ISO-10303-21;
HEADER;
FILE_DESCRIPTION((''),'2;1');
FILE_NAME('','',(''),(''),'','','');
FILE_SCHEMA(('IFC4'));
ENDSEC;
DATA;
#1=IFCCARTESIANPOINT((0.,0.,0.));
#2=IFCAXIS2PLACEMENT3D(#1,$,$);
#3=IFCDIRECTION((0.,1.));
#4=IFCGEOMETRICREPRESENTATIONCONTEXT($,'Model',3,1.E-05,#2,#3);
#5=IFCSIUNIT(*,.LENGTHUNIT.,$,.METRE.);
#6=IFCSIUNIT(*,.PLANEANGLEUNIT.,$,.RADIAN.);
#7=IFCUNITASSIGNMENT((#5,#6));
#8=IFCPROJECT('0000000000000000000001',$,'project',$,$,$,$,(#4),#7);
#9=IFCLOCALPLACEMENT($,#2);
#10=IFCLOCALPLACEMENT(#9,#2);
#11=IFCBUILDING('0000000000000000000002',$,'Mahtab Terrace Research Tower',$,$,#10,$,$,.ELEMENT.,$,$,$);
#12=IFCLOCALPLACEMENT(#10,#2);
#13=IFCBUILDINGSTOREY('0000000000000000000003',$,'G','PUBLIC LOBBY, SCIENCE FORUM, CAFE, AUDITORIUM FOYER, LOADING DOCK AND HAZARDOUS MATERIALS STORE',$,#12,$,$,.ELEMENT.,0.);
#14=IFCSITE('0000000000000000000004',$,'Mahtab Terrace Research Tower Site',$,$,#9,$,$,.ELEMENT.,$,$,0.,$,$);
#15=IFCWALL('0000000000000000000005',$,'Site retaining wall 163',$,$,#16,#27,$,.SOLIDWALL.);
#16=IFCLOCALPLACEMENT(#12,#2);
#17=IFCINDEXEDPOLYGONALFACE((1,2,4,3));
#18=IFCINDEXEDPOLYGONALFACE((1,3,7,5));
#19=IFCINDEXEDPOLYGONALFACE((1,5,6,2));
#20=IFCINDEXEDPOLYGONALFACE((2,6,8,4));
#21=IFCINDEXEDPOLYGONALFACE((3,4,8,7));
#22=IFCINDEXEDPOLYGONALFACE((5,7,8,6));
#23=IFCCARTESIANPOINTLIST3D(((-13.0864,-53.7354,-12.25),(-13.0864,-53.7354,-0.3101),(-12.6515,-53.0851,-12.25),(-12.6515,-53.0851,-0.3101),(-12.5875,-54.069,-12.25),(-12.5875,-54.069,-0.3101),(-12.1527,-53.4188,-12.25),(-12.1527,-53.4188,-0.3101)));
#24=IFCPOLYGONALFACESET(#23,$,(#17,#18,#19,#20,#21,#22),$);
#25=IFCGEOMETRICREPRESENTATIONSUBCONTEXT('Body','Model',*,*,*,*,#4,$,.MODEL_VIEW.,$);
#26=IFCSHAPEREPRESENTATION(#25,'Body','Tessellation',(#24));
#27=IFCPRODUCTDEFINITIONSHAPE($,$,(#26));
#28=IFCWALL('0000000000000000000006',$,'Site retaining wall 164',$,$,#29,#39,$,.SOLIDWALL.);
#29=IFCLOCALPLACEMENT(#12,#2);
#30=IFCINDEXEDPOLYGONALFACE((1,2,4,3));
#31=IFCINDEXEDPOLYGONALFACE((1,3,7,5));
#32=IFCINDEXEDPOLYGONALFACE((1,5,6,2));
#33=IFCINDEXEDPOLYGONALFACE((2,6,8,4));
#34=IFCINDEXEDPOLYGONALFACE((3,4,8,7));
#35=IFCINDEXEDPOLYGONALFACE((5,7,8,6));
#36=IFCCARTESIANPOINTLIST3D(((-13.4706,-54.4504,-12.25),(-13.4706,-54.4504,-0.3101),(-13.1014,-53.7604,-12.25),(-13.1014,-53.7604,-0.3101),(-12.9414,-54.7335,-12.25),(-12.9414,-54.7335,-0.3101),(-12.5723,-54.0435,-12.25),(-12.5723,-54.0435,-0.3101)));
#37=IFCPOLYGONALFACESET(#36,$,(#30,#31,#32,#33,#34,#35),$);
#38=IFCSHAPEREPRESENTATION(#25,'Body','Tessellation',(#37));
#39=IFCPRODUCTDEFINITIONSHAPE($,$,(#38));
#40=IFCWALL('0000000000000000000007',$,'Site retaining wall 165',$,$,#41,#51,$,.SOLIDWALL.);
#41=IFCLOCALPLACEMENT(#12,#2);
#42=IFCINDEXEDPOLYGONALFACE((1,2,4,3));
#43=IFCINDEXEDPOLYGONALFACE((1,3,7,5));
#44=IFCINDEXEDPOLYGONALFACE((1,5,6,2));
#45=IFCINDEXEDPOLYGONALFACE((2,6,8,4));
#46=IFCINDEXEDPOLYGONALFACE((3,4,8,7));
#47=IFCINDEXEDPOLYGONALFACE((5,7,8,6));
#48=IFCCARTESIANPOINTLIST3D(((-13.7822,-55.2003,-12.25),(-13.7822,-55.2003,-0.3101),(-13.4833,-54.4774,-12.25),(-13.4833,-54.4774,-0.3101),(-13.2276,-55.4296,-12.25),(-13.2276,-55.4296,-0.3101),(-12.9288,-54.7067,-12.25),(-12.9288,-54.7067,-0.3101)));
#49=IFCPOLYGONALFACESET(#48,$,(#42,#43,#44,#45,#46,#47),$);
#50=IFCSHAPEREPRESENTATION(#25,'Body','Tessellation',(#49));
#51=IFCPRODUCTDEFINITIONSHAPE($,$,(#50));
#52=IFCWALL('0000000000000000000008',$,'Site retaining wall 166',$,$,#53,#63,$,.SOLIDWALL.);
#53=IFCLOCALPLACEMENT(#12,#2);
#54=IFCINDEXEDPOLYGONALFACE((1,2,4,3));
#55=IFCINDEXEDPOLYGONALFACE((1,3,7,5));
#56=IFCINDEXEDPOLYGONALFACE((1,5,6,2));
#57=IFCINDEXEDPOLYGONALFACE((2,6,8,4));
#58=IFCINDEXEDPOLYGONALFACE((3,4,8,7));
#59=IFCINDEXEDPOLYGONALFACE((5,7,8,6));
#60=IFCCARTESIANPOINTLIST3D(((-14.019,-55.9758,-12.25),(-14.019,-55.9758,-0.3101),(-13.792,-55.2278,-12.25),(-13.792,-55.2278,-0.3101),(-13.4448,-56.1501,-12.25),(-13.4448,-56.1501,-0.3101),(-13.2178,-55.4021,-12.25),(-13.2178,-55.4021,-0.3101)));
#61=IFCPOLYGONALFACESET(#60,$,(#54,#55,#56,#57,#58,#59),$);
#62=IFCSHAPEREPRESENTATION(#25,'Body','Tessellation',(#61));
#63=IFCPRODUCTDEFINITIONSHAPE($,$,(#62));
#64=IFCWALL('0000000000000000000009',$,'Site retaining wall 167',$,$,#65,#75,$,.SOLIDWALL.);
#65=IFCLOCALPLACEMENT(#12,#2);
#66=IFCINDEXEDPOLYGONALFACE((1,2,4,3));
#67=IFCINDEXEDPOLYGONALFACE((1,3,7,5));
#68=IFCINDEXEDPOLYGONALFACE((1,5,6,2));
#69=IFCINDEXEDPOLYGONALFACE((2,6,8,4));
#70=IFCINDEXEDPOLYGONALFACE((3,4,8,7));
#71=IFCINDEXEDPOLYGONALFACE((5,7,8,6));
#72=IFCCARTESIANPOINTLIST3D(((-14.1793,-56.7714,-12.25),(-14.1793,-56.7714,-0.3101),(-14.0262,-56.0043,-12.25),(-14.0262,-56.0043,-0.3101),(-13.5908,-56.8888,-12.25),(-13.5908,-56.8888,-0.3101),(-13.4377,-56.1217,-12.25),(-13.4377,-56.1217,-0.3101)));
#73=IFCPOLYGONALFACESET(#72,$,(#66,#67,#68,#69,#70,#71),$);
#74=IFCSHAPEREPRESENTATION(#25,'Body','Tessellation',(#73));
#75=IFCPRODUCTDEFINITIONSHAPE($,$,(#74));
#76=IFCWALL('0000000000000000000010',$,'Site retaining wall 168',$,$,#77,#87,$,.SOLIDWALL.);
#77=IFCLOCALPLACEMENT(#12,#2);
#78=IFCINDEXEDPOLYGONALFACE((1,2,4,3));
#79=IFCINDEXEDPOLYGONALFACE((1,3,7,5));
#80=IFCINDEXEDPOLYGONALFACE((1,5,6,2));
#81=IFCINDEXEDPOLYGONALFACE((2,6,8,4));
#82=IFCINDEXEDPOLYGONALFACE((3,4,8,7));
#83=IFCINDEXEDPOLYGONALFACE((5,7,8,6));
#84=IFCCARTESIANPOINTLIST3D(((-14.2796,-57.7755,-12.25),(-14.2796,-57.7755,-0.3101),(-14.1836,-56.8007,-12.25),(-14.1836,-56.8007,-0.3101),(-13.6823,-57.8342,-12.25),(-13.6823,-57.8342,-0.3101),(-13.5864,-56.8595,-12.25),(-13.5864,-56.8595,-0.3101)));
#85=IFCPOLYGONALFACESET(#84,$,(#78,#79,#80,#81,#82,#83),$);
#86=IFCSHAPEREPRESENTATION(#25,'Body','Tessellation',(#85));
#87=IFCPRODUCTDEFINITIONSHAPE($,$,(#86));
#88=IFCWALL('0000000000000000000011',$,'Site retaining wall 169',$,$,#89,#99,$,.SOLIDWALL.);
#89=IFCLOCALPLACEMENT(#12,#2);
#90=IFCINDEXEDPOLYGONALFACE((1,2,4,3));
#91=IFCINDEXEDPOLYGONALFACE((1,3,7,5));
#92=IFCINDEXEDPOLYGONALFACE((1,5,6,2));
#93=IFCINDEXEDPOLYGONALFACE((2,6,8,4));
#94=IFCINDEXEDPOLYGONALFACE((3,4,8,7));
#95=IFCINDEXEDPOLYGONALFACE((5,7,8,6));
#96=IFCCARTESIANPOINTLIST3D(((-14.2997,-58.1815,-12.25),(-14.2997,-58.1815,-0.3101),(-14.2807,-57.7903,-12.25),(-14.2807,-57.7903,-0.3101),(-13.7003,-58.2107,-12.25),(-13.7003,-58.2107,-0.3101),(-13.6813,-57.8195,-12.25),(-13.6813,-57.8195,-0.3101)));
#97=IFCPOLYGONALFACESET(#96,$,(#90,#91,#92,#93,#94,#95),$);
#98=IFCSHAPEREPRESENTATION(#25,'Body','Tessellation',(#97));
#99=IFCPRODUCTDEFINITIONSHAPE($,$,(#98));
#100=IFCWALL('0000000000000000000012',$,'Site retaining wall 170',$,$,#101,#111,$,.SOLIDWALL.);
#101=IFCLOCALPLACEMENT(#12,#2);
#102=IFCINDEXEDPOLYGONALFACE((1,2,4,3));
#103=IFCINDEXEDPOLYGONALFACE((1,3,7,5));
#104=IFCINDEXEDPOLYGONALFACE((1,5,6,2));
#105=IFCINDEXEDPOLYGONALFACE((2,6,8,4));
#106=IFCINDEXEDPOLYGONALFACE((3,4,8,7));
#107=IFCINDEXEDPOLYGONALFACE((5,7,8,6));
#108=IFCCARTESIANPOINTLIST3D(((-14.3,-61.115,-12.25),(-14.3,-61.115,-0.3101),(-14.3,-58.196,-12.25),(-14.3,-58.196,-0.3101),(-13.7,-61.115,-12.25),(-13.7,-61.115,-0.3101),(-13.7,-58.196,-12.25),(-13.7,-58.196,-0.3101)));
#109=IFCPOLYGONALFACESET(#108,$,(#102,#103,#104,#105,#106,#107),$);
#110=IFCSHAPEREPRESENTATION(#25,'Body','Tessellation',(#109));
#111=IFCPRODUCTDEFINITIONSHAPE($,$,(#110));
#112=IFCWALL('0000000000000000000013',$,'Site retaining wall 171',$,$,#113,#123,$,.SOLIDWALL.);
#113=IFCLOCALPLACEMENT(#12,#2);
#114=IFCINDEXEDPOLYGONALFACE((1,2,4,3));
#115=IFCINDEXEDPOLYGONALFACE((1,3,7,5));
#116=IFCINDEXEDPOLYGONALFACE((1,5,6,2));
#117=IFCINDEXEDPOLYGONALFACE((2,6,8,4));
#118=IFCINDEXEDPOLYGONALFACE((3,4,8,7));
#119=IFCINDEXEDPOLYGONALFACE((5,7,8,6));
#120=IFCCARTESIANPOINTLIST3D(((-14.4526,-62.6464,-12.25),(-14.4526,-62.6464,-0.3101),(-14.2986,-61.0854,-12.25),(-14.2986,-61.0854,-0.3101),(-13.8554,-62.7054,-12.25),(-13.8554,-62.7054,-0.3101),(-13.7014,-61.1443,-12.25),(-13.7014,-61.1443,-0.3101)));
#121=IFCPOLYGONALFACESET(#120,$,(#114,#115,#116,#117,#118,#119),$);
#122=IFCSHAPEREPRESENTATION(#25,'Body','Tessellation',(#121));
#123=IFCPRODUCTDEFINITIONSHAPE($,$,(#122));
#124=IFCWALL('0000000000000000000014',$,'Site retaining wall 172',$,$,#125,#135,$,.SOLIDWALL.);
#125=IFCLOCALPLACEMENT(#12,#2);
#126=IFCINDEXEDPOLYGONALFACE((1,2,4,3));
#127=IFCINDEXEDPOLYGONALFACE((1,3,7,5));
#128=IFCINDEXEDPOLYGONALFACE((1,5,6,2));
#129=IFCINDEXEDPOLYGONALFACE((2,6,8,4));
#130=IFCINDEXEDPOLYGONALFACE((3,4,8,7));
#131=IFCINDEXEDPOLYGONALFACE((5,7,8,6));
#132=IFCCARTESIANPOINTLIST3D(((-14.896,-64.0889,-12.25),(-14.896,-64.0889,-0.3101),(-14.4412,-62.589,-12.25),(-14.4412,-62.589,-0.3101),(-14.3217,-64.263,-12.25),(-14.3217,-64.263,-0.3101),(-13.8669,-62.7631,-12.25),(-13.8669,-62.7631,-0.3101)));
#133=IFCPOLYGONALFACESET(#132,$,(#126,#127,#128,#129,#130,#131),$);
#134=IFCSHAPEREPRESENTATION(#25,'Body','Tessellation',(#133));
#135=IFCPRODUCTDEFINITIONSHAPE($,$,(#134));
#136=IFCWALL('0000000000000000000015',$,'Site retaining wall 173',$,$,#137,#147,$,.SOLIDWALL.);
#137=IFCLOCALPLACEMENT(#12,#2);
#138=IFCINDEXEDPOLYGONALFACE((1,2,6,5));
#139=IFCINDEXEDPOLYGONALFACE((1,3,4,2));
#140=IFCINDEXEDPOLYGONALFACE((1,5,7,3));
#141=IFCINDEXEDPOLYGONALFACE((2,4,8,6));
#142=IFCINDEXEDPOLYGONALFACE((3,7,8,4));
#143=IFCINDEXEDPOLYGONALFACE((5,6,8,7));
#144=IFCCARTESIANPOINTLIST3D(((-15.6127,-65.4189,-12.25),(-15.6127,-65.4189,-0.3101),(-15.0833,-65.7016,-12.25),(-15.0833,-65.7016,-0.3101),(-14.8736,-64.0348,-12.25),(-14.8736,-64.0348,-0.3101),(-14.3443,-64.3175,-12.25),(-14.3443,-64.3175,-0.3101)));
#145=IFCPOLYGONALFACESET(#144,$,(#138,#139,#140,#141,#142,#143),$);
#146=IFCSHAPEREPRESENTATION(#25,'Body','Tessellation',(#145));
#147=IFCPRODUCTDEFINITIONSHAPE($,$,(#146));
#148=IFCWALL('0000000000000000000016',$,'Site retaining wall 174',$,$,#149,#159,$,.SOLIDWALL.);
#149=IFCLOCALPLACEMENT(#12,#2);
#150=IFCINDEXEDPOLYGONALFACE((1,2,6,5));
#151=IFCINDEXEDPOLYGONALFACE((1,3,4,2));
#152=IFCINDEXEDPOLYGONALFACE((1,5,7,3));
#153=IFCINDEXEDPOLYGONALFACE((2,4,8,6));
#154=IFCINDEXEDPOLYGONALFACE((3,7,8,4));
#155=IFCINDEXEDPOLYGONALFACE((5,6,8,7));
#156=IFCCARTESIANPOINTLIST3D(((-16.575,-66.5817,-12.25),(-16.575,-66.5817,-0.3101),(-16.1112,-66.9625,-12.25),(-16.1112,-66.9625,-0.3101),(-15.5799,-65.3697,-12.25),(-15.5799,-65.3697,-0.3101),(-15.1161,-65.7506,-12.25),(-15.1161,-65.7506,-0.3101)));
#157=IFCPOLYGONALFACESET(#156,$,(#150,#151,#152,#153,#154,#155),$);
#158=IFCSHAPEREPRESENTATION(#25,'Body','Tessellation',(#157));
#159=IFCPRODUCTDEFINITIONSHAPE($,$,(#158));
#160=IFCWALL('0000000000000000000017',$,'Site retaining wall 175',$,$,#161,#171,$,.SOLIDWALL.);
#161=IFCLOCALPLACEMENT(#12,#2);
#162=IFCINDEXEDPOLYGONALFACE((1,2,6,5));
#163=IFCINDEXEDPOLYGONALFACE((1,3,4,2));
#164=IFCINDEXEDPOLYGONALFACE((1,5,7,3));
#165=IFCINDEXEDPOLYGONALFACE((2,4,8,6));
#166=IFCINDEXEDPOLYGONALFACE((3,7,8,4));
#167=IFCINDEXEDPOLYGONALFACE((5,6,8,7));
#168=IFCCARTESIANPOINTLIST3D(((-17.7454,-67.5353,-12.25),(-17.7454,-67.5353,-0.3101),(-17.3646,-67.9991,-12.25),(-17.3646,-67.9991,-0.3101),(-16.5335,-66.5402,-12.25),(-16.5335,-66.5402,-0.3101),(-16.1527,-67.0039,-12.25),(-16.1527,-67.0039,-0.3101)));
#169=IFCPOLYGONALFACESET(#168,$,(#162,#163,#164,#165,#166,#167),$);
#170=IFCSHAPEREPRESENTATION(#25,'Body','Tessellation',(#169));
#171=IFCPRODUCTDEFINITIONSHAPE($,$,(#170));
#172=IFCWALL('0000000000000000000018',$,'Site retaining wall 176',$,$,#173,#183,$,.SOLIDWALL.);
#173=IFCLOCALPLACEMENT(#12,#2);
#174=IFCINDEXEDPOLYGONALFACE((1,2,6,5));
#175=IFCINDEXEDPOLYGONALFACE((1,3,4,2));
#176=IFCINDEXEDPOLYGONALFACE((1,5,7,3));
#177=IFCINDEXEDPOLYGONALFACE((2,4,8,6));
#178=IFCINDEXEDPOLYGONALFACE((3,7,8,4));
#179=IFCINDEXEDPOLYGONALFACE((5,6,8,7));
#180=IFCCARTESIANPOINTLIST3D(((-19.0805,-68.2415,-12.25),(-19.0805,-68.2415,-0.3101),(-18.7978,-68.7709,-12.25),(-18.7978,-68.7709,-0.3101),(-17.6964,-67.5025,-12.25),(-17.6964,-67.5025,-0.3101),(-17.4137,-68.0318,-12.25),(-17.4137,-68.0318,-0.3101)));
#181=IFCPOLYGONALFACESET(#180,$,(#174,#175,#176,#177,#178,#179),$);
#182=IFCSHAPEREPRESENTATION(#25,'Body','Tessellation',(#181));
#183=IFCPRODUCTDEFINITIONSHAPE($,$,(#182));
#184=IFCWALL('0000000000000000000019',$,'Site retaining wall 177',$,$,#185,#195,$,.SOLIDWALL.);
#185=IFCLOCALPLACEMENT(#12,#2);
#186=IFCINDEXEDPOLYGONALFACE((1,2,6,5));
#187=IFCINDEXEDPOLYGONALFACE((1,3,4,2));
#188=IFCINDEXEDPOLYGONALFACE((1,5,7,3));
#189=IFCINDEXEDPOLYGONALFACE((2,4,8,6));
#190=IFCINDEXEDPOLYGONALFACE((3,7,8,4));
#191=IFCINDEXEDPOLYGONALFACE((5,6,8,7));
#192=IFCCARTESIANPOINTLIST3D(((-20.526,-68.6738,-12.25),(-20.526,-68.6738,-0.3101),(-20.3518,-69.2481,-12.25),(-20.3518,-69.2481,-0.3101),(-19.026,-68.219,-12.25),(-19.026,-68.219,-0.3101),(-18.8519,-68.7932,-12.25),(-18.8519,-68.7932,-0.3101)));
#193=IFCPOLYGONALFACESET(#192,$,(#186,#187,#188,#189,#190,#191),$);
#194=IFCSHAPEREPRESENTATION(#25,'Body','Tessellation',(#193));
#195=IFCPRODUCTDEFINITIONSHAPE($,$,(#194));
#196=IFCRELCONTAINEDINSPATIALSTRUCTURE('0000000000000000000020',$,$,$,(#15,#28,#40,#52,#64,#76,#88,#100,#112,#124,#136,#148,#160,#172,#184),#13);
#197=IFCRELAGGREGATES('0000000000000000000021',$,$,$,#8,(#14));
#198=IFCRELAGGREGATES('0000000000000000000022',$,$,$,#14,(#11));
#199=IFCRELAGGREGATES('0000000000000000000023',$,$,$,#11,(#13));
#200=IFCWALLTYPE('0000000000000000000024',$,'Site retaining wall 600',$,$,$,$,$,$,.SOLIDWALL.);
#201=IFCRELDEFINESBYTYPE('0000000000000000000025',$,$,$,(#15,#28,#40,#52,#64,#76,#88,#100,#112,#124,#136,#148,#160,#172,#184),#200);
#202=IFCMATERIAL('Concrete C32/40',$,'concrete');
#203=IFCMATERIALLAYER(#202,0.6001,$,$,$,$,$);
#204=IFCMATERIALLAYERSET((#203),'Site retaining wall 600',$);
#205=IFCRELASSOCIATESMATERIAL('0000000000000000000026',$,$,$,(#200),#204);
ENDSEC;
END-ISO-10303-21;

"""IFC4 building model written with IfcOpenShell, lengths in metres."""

from ifc_helpers import new_model, si_unit, direction, frame, frame_2d, origin, place, context, subcontext, project, spatial, rectangle, extrude, material, layer, layer_set, type_object, element, save


model = new_model("IFC4")

# Units and contexts
model_context = context("Model", 3, precision=1e-05, world=origin(), true_north=direction((0.0, 1.0)))
body_context = subcontext(model_context, "Body", "Model", "MODEL_VIEW")
ifc_project = project(units=[si_unit("LENGTHUNIT", "METRE"), si_unit("PLANEANGLEUNIT", "RADIAN")], contexts=[model_context])

# Site, building, storey
site_placement = place(None, origin())
site = spatial("IfcSite", under=ifc_project, at=site_placement, Name="Mahtab Terrace Research Tower Site", CompositionType="ELEMENT", RefElevation=0.0)
building_placement = place(site_placement, origin())
building = spatial("IfcBuilding", under=site, at=building_placement, Name="Mahtab Terrace Research Tower", CompositionType="ELEMENT")
storey_placement = place(building_placement, origin())
storey = spatial("IfcBuildingStorey", under=building, at=storey_placement, Name="G", Description="PUBLIC LOBBY, SCIENCE FORUM, CAFE, AUDITORIUM FOYER, LOADING DOCK AND HAZARDOUS MATERIALS STORE", CompositionType="ELEMENT", Elevation=0.0)

# Walls
ifc_material_1 = material(Name="Concrete C32/40", Category="concrete")
ifc_layer_1 = layer(ifc_material_1, 0.6001)
ifc_layer_set_1 = layer_set([ifc_layer_1], Name="Site retaining wall 600")
wall_type = type_object("IfcWallType", Name="Site retaining wall 600", PredefinedType="SOLIDWALL", material=ifc_layer_set_1)
wall_1_placement = place(storey_placement, frame((-12.4021, -53.252, -12.25), z_axis=(0.0, 0.0, 1.0), x_axis=(-0.555924, -0.831233, 0.0)))
element("IfcWall", 1, at=wall_1_placement, inside=storey, type_object=wall_type, Name="Site retaining wall 163", PredefinedType="SOLIDWALL", context=body_context, shape_type="SweptSolid", body=[
    extrude(rectangle(XDim=0.7822, YDim=0.6001, at=frame_2d((0.3911, 0.0))), origin(), (0.0, 0.0, 1.0), 11.9399),
])
wall_2_placement = place(storey_placement, frame((-12.8369, -53.9021, -12.25), z_axis=(0.0, 0.0, 1.0), x_axis=(-0.471754, -0.88173, 0.0)))
element("IfcWall", 2, at=wall_2_placement, inside=storey, type_object=wall_type, Name="Site retaining wall 164", PredefinedType="SOLIDWALL", context=body_context, shape_type="SweptSolid", body=[
    extrude(rectangle(XDim=0.7825, YDim=0.6001, at=frame_2d((0.3911, 0.0))), origin(), (0.0, 0.0, 1.0), 11.9399),
])
wall_3_placement = place(storey_placement, frame((-13.2061, -54.592, -12.25), z_axis=(0.0, 0.0, 1.0), x_axis=(-0.382021, -0.924154, 0.0)))
element("IfcWall", 3, at=wall_3_placement, inside=storey, type_object=wall_type, Name="Site retaining wall 165", PredefinedType="SOLIDWALL", context=body_context, shape_type="SweptSolid", body=[
    extrude(rectangle(XDim=0.7822, YDim=0.6001, at=frame_2d((0.3911, 0.0))), origin(), (0.0, 0.0, 1.0), 11.9399),
])
wall_4_placement = place(storey_placement, frame((-13.5049, -55.3149, -12.25), z_axis=(0.0, 0.0, 1.0), x_axis=(-0.290441, -0.956893, 0.0)))
element("IfcWall", 4, at=wall_4_placement, inside=storey, type_object=wall_type, Name="Site retaining wall 166", PredefinedType="SOLIDWALL", context=body_context, shape_type="SweptSolid", body=[
    extrude(rectangle(XDim=0.7817, YDim=0.6001, at=frame_2d((0.3909, 0.0))), origin(), (0.0, 0.0, 1.0), 11.9399),
])
wall_5_placement = place(storey_placement, frame((-13.7319, -56.063, -12.25), z_axis=(0.0, 0.0, 1.0), x_axis=(-0.195696, -0.980665, 0.0)))
element("IfcWall", 5, at=wall_5_placement, inside=storey, type_object=wall_type, Name="Site retaining wall 167", PredefinedType="SOLIDWALL", context=body_context, shape_type="SweptSolid", body=[
    extrude(rectangle(XDim=0.7822, YDim=0.6001, at=frame_2d((0.3911, 0.0))), origin(), (0.0, 0.0, 1.0), 11.9399),
])
wall_6_placement = place(storey_placement, frame((-13.885, -56.8301, -12.25), z_axis=(0.0, 0.0, 1.0), x_axis=(-0.097949, -0.995191, 0.0)))
element("IfcWall", 6, at=wall_6_placement, inside=storey, type_object=wall_type, Name="Site retaining wall 168", PredefinedType="SOLIDWALL", context=body_context, shape_type="SweptSolid", body=[
    extrude(rectangle(XDim=0.9795, YDim=0.6001, at=frame_2d((0.4897, 0.0))), origin(), (0.0, 0.0, 1.0), 11.9399),
])
wall_7_placement = place(storey_placement, frame((-13.981, -57.8049, -12.25), z_axis=(0.0, 0.0, 1.0), x_axis=(-0.048632, -0.998817, 0.0)))
element("IfcWall", 7, at=wall_7_placement, inside=storey, type_object=wall_type, Name="Site retaining wall 169", PredefinedType="SOLIDWALL", context=body_context, shape_type="SweptSolid", body=[
    extrude(rectangle(XDim=0.3916, YDim=0.6001, at=frame_2d((0.1958, 0.0))), origin(), (0.0, 0.0, 1.0), 11.9399),
])
wall_8_placement = place(storey_placement, frame((-14.0, -58.196, -12.25), z_axis=(0.0, 0.0, 1.0), x_axis=(0.0, -1.0, 0.0)))
element("IfcWall", 8, at=wall_8_placement, inside=storey, type_object=wall_type, Name="Site retaining wall 170", PredefinedType="SOLIDWALL", context=body_context, shape_type="SweptSolid", body=[
    extrude(rectangle(XDim=2.9189, YDim=0.6001, at=frame_2d((1.4595, 0.0))), origin(), (0.0, 0.0, 1.0), 11.9399),
])
wall_9_placement = place(storey_placement, frame((-14.0, -61.115, -12.25), z_axis=(0.0, 0.0, 1.0), x_axis=(-0.098209, -0.995166, 0.0)))
element("IfcWall", 9, at=wall_9_placement, inside=storey, type_object=wall_type, Name="Site retaining wall 171", PredefinedType="SOLIDWALL", context=body_context, shape_type="SweptSolid", body=[
    extrude(rectangle(XDim=1.5686, YDim=0.6001, at=frame_2d((0.7842, 0.0))), origin(), (0.0, 0.0, 1.0), 11.9399),
])
wall_10_placement = place(storey_placement, frame((-14.1541, -62.676, -12.25), z_axis=(0.0, 0.0, 1.0), x_axis=(-0.290176, -0.956973, 0.0)))
element("IfcWall", 10, at=wall_10_placement, inside=storey, type_object=wall_type, Name="Site retaining wall 172", PredefinedType="SOLIDWALL", context=body_context, shape_type="SweptSolid", body=[
    extrude(rectangle(XDim=1.5674, YDim=0.6001, at=frame_2d((0.7837, 0.0))), origin(), (0.0, 0.0, 1.0), 11.9399),
])
wall_11_placement = place(storey_placement, frame((-14.6089, -64.176, -12.25), z_axis=(0.0, 0.0, 1.0), x_axis=(-0.471016, -0.882125, 0.0)))
element("IfcWall", 11, at=wall_11_placement, inside=storey, type_object=wall_type, Name="Site retaining wall 173", PredefinedType="SOLIDWALL", context=body_context, shape_type="SweptSolid", body=[
    extrude(rectangle(XDim=1.5691, YDim=0.6001, at=frame_2d((0.7847, 0.0))), origin(), (0.0, 0.0, 1.0), 11.9399),
])
for number, where, z_axis, x_axis, name in (
    (12, (-15.3479, -65.5601, -12.25), (0.0, 0.0, 1.0), (-0.634593, -0.772846, 0.0), "Site retaining wall 174"),
    (13, (-16.343, -66.772, -12.25), (0.0, 0.0, 1.0), (-0.772846, -0.634593, 0.0), "Site retaining wall 175"),
):
    element("IfcWall", number, at=place(storey_placement, frame(where, z_axis=z_axis, x_axis=x_axis)), inside=storey, type_object=wall_type, Name=name, PredefinedType="SOLIDWALL", context=body_context, shape_type="SweptSolid", body=[
        extrude(rectangle(XDim=1.5681, YDim=0.6001, at=frame_2d((0.7842, 0.0))), origin(), (0.0, 0.0, 1.0), 11.9399),
    ])
wall_12_placement = place(storey_placement, frame((-17.5549, -67.7671, -12.25), z_axis=(0.0, 0.0, 1.0), x_axis=(-0.882125, -0.471016, 0.0)))
element("IfcWall", 14, at=wall_12_placement, inside=storey, type_object=wall_type, Name="Site retaining wall 176", PredefinedType="SOLIDWALL", context=body_context, shape_type="SweptSolid", body=[
    extrude(rectangle(XDim=1.5691, YDim=0.6001, at=frame_2d((0.7847, 0.0))), origin(), (0.0, 0.0, 1.0), 11.9399),
])
wall_13_placement = place(storey_placement, frame((-18.939, -68.5061, -12.25), z_axis=(0.0, 0.0, 1.0), x_axis=(-0.956973, -0.290176, 0.0)))
element("IfcWall", 15, at=wall_13_placement, inside=storey, type_object=wall_type, Name="Site retaining wall 177", PredefinedType="SOLIDWALL", context=body_context, shape_type="SweptSolid", body=[
    extrude(rectangle(XDim=1.5674, YDim=0.6001, at=frame_2d((0.7837, 0.0))), origin(), (0.0, 0.0, 1.0), 11.9399),
])

save(model, "model.ifc")
